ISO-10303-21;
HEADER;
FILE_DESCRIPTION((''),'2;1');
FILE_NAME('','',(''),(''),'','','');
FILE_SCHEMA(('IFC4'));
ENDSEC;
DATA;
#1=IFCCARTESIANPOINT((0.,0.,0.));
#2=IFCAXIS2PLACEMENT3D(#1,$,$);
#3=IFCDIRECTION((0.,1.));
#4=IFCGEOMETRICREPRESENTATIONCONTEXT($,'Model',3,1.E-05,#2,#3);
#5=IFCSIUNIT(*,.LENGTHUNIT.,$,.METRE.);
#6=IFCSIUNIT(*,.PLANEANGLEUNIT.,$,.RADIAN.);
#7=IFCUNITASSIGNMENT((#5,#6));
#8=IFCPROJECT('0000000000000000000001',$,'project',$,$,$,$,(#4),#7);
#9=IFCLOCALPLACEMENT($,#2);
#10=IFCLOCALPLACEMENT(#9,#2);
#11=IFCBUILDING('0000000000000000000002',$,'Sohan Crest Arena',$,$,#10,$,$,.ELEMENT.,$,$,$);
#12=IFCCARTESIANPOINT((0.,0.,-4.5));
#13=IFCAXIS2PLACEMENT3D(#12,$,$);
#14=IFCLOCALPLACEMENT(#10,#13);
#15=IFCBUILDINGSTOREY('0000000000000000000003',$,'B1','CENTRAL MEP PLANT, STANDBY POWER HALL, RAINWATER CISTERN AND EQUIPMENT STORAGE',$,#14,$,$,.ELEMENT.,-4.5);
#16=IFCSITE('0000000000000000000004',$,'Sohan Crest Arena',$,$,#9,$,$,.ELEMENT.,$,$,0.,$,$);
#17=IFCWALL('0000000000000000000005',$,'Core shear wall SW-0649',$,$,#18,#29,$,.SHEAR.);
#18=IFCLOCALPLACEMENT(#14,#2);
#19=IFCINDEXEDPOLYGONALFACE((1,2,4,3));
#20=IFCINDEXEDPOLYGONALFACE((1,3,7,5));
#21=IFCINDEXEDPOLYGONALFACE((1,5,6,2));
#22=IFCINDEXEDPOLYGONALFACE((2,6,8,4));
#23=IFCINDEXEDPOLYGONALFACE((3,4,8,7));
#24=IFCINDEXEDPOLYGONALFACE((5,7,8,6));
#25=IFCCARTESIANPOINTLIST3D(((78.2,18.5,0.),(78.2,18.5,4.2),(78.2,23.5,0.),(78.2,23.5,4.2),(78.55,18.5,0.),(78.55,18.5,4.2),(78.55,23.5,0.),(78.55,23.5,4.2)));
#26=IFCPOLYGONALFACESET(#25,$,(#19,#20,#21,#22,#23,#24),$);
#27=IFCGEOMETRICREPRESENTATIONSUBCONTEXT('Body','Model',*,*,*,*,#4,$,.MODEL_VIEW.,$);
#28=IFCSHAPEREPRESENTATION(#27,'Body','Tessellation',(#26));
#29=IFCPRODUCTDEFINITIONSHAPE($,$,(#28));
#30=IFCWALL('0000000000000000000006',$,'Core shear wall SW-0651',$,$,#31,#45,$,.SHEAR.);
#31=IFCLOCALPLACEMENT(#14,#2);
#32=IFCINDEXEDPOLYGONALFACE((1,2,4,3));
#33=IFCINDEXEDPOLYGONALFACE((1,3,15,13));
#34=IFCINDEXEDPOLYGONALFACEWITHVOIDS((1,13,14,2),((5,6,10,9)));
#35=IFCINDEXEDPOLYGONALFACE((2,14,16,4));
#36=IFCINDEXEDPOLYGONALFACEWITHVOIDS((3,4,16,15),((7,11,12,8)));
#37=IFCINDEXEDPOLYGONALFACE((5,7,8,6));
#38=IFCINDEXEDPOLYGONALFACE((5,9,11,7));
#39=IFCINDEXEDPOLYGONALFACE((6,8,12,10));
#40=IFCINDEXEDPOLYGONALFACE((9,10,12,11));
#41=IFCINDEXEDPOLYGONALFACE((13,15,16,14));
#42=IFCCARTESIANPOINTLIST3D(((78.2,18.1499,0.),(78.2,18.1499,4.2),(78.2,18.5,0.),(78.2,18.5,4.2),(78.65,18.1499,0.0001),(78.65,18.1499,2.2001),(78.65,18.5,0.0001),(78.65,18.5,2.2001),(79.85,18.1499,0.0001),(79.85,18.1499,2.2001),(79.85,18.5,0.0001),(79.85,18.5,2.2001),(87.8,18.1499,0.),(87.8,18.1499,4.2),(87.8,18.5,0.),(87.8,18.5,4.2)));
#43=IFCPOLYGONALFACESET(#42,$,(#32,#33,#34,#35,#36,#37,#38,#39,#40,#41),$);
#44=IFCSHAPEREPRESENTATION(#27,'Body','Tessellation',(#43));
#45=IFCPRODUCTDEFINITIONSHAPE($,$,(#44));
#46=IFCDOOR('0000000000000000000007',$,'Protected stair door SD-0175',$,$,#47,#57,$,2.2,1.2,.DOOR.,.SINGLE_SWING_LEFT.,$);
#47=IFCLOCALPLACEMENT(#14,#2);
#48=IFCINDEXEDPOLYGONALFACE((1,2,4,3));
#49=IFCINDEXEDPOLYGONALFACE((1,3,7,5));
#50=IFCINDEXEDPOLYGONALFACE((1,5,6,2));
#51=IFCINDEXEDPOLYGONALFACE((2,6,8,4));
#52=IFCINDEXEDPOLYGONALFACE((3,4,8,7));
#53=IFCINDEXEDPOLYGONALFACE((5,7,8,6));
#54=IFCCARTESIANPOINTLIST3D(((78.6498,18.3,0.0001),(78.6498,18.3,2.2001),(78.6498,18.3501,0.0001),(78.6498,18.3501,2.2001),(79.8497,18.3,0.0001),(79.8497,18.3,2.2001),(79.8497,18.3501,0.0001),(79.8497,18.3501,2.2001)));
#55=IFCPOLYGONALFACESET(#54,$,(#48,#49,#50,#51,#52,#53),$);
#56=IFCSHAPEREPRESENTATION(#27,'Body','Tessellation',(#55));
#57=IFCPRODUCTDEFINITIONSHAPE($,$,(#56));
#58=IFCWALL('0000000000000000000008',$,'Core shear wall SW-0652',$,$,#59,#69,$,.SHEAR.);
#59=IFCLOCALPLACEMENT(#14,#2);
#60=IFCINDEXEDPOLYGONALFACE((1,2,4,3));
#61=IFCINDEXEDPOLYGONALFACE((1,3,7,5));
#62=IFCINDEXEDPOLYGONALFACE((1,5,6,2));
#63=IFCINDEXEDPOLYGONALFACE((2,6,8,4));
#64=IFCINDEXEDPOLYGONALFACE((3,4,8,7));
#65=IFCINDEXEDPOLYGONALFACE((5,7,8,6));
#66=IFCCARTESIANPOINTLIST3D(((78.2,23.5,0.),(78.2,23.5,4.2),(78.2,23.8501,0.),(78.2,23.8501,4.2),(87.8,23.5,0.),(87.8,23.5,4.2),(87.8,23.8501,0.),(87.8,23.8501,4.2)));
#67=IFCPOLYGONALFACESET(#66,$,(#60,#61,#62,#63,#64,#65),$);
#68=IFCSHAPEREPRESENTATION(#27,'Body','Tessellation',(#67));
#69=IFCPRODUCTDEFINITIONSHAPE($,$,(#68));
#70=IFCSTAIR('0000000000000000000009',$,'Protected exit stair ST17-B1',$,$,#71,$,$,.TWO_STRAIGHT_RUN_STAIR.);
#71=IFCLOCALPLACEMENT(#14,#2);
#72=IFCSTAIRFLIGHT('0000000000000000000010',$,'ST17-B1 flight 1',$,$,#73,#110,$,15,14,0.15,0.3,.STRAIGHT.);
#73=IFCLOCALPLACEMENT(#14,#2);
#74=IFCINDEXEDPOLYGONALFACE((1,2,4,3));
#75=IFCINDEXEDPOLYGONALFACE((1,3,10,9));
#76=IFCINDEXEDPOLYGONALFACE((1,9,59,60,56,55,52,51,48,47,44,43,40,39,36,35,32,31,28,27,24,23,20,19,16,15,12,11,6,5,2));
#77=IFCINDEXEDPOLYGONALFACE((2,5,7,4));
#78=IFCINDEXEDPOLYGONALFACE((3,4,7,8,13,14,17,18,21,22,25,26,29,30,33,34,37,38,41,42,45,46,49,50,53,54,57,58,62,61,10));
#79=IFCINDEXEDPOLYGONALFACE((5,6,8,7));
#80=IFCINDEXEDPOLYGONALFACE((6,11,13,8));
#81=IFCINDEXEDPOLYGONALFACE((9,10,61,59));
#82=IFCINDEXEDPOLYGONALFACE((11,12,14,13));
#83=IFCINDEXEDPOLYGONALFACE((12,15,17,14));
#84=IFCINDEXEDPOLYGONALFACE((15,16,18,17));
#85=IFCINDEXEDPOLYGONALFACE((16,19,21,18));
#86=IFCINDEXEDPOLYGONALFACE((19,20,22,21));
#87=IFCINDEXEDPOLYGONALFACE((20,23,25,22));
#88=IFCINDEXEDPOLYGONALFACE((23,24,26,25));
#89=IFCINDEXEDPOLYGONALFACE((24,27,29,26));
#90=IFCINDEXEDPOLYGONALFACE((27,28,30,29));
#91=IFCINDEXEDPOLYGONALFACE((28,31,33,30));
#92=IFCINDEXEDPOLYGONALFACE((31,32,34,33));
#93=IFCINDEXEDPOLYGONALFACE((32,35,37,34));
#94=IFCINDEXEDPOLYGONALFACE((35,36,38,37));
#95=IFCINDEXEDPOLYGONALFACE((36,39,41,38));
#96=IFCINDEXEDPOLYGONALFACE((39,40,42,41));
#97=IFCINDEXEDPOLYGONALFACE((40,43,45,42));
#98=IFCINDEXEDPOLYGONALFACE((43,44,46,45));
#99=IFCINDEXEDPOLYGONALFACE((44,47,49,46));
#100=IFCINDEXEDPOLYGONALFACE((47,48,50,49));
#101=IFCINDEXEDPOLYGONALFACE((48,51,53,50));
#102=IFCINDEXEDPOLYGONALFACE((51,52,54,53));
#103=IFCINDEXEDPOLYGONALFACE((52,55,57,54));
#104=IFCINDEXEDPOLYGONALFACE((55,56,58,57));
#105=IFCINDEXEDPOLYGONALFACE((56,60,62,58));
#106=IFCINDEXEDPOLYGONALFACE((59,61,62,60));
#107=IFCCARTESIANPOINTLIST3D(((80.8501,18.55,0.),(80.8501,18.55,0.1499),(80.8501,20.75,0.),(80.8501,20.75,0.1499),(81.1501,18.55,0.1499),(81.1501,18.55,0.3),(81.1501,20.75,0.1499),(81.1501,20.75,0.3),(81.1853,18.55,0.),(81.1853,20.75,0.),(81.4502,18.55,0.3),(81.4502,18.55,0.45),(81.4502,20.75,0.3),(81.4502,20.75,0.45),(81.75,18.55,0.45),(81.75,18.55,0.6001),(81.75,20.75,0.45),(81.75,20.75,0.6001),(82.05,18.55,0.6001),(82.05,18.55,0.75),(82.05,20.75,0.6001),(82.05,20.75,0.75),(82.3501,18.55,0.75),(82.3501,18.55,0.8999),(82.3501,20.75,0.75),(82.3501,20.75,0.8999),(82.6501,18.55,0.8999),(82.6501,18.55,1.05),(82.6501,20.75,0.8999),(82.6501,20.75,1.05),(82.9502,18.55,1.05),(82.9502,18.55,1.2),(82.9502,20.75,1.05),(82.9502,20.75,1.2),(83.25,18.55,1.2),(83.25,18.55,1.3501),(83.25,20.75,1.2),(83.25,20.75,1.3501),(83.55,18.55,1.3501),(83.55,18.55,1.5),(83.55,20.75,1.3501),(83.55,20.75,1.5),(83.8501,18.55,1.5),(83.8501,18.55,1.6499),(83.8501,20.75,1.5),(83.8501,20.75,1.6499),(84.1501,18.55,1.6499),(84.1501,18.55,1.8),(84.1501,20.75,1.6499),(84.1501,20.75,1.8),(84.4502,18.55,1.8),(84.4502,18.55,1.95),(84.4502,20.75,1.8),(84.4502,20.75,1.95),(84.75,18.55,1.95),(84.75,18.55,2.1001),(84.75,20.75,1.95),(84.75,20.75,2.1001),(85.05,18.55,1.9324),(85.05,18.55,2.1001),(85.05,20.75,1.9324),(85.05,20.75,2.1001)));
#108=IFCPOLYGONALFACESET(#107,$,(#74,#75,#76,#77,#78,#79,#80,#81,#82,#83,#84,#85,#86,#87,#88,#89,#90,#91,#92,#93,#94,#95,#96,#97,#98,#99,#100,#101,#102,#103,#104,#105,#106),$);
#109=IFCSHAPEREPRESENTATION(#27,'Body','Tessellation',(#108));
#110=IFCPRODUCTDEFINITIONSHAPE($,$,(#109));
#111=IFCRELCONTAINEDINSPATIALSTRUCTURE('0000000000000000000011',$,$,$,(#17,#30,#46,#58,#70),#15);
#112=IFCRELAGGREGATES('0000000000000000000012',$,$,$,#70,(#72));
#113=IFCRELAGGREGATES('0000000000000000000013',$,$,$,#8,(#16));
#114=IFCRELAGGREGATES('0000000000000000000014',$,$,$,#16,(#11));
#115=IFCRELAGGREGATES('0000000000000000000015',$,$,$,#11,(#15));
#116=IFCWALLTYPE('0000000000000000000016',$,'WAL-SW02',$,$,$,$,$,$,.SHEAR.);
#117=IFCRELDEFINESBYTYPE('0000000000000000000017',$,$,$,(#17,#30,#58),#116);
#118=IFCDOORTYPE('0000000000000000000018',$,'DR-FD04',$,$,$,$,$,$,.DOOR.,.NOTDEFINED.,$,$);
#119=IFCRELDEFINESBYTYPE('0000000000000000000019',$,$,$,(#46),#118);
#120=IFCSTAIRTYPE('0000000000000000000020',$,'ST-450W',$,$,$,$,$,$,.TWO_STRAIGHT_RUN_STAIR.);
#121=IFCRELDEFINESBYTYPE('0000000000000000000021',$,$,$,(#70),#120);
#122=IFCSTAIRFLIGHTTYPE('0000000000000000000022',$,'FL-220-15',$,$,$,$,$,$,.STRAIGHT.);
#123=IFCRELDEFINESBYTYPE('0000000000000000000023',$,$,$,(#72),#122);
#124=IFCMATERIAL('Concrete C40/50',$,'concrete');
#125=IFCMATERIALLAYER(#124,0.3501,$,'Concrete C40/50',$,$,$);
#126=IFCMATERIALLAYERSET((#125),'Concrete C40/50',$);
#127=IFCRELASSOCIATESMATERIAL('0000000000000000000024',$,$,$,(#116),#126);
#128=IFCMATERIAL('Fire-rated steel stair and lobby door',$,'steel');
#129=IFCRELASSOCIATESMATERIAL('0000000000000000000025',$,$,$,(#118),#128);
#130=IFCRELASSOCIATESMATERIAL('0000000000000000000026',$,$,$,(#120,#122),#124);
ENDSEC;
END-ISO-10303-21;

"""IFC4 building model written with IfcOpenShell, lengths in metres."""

from ifc_helpers import new_model, si_unit, direction, frame, frame_2d, origin, place, context, subcontext, project, spatial, polyline, rectangle, outline, extrude, material, layer, layer_set, type_object, element, fill, aggregate, save


model = new_model("IFC4")

# Units and contexts
model_context = context("Model", 3, precision=1e-05, world=origin(), true_north=direction((0.0, 1.0)))
body_context = subcontext(model_context, "Body", "Model", "MODEL_VIEW")
ifc_project = project(units=[si_unit("LENGTHUNIT", "METRE"), si_unit("PLANEANGLEUNIT", "RADIAN")], contexts=[model_context])

# Site, building, storey
site_placement = place(None, origin())
site = spatial("IfcSite", under=ifc_project, at=site_placement, Name="Sohan Crest Arena", CompositionType="ELEMENT", RefElevation=0.0)
building_placement = place(site_placement, origin())
building = spatial("IfcBuilding", under=site, at=building_placement, Name="Sohan Crest Arena", CompositionType="ELEMENT")
storey_placement = place(building_placement, frame((0.0, 0.0, -4.5)))
storey = spatial("IfcBuildingStorey", under=building, at=storey_placement, Name="B1", Description="CENTRAL MEP PLANT, STANDBY POWER HALL, RAINWATER CISTERN AND EQUIPMENT STORAGE", CompositionType="ELEMENT", Elevation=-4.5)

# Shared definitions
ifc_material_1 = material(Name="Concrete C40/50", Category="concrete")

# Wall
ifc_layer_1 = layer(ifc_material_1, 0.3501, Name="Concrete C40/50")
ifc_layer_set_1 = layer_set([ifc_layer_1], Name="Concrete C40/50")
wall_type = type_object("IfcWallType", Name="WAL-SW02", PredefinedType="SHEAR", material=ifc_layer_set_1)
wall_1_placement = place(storey_placement, frame((78.375, 18.5, 0.0), z_axis=(0.0, 0.0, 1.0), x_axis=(0.0, 1.0, 0.0)))
element("IfcWall", 1, at=wall_1_placement, inside=storey, type_object=wall_type, Name="Core shear wall SW-0649", PredefinedType="SHEAR", context=body_context, shape_type="SweptSolid", body=[
    extrude(rectangle(XDim=5.0, YDim=0.3501, at=frame_2d((2.5, 0.0))), origin(), (0.0, 0.0, 1.0), 4.2),
])

# Wall, opening, door
wall_2_placement = place(storey_placement, frame((78.2, 18.325, 0.0), z_axis=(0.0, 0.0, 1.0), x_axis=(1.0, 0.0, 0.0)))
wall_2 = element("IfcWall", 2, at=wall_2_placement, inside=storey, type_object=wall_type, Name="Core shear wall SW-0651", PredefinedType="SHEAR", context=body_context, shape_type="SweptSolid", body=[
    extrude(rectangle(XDim=9.6001, YDim=0.3501, at=frame_2d((4.8, 0.0))), origin(), (0.0, 0.0, 1.0), 4.2),
])
opening_placement = place(wall_2_placement, frame((0.45, 0.0, 0.0)))
opening = element("IfcOpeningElement", 3, at=opening_placement, cuts=wall_2, PredefinedType="OPENING", context=body_context, shape_type="SweptSolid", body=[
    extrude(rectangle(XDim=1.2, YDim=2.2, at=frame_2d((0.6001, 1.1001))), frame((0.0, 0.1851, 0.0), z_axis=(0.0, -1.0, 0.0), x_axis=(1.0, 0.0, 0.0)), (0.0, 0.0, 1.0), 0.3701),
])
ifc_material_2 = material(Name="Fire-rated steel stair and lobby door", Category="steel")
door_type = type_object("IfcDoorType", Name="DR-FD04", OperationType="NOTDEFINED", PredefinedType="DOOR", material=ifc_material_2)
door_placement = place(opening_placement, frame((1.2, 0.0, 0.0), z_axis=(0.0, 0.0, 1.0), x_axis=(-1.0, 0.0, 0.0)))
door = element("IfcDoor", 4, at=door_placement, inside=storey, type_object=door_type, Name="Protected stair door SD-0175", OperationType="SINGLE_SWING_LEFT", OverallHeight=2.2, OverallWidth=1.2, PredefinedType="DOOR", context=body_context, shape_type="SweptSolid", body=[
    extrude(rectangle(XDim=1.2, YDim=2.2, at=frame_2d((0.6001, 1.1001))), frame((0.0, 0.0249, 0.0), z_axis=(0.0, -1.0, 0.0), x_axis=(1.0, 0.0, 0.0)), (0.0, 0.0, 1.0), 0.05),
])
fill(opening, door)

# Wall
wall_3_placement = place(storey_placement, frame((78.2, 23.675, 0.0), z_axis=(0.0, 0.0, 1.0), x_axis=(1.0, 0.0, 0.0)))
element("IfcWall", 5, at=wall_3_placement, inside=storey, type_object=wall_type, Name="Core shear wall SW-0652", PredefinedType="SHEAR", context=body_context, shape_type="SweptSolid", body=[
    extrude(rectangle(XDim=9.6001, YDim=0.3501, at=frame_2d((4.8, 0.0))), origin(), (0.0, 0.0, 1.0), 4.2),
])

# Stair, stair flight
stair_type = type_object("IfcStairType", Name="ST-450W", PredefinedType="TWO_STRAIGHT_RUN_STAIR", material=ifc_material_1)
stair_placement = place(storey_placement, origin())
stair = element("IfcStair", 6, at=stair_placement, inside=storey, type_object=stair_type, Name="Protected exit stair ST17-B1", PredefinedType="TWO_STRAIGHT_RUN_STAIR")
stair_flight_type = type_object("IfcStairFlightType", Name="FL-220-15", PredefinedType="STRAIGHT", material=ifc_material_1)
stair_flight_placement = place(storey_placement, frame((80.8501, 19.6499, 0.0), z_axis=(0.0, 0.0, 1.0), x_axis=(1.0, 0.0, 0.0)))
stair_flight = element("IfcStairFlight", 7, at=stair_flight_placement, type_object=stair_flight_type, Name="ST17-B1 flight 1", NumberOfRisers=15, NumberOfTreads=14, PredefinedType="STRAIGHT", RiserHeight=0.15, TreadLength=0.3, context=body_context, shape_type="SweptSolid", body=[
    extrude(outline(polyline([(0.0, 0.0), (0.0, 0.1499), (0.3, 0.1499), (0.3, 0.3), (0.6001, 0.3), (0.6001, 0.45), (0.8999, 0.45), (0.8999, 0.6001), (1.2, 0.6001), (1.2, 0.75), (1.5, 0.75), (1.5, 0.8999), (1.8, 0.8999), (1.8, 1.05), (2.1001, 1.05), (2.1001, 1.2), (2.3999, 1.2), (2.3999, 1.3501), (2.7, 1.3501), (2.7, 1.5), (3.0, 1.5), (3.0, 1.6499), (3.3, 1.6499), (3.3, 1.8), (3.6001, 1.8), (3.6001, 1.95), (3.8999, 1.95), (3.8999, 2.1001), (4.2, 2.1001), (4.2, 2.25), (4.2, 1.9324), (0.3352, 0.0), (0.0, 0.0)])), frame((0.0, 1.1001, 0.0), z_axis=(0.0, -1.0, 0.0), x_axis=(1.0, 0.0, 0.0)), (0.0, 0.0, 1.0), 2.2),
])
aggregate(stair, [stair_flight])

save(model, "model.ifc")
